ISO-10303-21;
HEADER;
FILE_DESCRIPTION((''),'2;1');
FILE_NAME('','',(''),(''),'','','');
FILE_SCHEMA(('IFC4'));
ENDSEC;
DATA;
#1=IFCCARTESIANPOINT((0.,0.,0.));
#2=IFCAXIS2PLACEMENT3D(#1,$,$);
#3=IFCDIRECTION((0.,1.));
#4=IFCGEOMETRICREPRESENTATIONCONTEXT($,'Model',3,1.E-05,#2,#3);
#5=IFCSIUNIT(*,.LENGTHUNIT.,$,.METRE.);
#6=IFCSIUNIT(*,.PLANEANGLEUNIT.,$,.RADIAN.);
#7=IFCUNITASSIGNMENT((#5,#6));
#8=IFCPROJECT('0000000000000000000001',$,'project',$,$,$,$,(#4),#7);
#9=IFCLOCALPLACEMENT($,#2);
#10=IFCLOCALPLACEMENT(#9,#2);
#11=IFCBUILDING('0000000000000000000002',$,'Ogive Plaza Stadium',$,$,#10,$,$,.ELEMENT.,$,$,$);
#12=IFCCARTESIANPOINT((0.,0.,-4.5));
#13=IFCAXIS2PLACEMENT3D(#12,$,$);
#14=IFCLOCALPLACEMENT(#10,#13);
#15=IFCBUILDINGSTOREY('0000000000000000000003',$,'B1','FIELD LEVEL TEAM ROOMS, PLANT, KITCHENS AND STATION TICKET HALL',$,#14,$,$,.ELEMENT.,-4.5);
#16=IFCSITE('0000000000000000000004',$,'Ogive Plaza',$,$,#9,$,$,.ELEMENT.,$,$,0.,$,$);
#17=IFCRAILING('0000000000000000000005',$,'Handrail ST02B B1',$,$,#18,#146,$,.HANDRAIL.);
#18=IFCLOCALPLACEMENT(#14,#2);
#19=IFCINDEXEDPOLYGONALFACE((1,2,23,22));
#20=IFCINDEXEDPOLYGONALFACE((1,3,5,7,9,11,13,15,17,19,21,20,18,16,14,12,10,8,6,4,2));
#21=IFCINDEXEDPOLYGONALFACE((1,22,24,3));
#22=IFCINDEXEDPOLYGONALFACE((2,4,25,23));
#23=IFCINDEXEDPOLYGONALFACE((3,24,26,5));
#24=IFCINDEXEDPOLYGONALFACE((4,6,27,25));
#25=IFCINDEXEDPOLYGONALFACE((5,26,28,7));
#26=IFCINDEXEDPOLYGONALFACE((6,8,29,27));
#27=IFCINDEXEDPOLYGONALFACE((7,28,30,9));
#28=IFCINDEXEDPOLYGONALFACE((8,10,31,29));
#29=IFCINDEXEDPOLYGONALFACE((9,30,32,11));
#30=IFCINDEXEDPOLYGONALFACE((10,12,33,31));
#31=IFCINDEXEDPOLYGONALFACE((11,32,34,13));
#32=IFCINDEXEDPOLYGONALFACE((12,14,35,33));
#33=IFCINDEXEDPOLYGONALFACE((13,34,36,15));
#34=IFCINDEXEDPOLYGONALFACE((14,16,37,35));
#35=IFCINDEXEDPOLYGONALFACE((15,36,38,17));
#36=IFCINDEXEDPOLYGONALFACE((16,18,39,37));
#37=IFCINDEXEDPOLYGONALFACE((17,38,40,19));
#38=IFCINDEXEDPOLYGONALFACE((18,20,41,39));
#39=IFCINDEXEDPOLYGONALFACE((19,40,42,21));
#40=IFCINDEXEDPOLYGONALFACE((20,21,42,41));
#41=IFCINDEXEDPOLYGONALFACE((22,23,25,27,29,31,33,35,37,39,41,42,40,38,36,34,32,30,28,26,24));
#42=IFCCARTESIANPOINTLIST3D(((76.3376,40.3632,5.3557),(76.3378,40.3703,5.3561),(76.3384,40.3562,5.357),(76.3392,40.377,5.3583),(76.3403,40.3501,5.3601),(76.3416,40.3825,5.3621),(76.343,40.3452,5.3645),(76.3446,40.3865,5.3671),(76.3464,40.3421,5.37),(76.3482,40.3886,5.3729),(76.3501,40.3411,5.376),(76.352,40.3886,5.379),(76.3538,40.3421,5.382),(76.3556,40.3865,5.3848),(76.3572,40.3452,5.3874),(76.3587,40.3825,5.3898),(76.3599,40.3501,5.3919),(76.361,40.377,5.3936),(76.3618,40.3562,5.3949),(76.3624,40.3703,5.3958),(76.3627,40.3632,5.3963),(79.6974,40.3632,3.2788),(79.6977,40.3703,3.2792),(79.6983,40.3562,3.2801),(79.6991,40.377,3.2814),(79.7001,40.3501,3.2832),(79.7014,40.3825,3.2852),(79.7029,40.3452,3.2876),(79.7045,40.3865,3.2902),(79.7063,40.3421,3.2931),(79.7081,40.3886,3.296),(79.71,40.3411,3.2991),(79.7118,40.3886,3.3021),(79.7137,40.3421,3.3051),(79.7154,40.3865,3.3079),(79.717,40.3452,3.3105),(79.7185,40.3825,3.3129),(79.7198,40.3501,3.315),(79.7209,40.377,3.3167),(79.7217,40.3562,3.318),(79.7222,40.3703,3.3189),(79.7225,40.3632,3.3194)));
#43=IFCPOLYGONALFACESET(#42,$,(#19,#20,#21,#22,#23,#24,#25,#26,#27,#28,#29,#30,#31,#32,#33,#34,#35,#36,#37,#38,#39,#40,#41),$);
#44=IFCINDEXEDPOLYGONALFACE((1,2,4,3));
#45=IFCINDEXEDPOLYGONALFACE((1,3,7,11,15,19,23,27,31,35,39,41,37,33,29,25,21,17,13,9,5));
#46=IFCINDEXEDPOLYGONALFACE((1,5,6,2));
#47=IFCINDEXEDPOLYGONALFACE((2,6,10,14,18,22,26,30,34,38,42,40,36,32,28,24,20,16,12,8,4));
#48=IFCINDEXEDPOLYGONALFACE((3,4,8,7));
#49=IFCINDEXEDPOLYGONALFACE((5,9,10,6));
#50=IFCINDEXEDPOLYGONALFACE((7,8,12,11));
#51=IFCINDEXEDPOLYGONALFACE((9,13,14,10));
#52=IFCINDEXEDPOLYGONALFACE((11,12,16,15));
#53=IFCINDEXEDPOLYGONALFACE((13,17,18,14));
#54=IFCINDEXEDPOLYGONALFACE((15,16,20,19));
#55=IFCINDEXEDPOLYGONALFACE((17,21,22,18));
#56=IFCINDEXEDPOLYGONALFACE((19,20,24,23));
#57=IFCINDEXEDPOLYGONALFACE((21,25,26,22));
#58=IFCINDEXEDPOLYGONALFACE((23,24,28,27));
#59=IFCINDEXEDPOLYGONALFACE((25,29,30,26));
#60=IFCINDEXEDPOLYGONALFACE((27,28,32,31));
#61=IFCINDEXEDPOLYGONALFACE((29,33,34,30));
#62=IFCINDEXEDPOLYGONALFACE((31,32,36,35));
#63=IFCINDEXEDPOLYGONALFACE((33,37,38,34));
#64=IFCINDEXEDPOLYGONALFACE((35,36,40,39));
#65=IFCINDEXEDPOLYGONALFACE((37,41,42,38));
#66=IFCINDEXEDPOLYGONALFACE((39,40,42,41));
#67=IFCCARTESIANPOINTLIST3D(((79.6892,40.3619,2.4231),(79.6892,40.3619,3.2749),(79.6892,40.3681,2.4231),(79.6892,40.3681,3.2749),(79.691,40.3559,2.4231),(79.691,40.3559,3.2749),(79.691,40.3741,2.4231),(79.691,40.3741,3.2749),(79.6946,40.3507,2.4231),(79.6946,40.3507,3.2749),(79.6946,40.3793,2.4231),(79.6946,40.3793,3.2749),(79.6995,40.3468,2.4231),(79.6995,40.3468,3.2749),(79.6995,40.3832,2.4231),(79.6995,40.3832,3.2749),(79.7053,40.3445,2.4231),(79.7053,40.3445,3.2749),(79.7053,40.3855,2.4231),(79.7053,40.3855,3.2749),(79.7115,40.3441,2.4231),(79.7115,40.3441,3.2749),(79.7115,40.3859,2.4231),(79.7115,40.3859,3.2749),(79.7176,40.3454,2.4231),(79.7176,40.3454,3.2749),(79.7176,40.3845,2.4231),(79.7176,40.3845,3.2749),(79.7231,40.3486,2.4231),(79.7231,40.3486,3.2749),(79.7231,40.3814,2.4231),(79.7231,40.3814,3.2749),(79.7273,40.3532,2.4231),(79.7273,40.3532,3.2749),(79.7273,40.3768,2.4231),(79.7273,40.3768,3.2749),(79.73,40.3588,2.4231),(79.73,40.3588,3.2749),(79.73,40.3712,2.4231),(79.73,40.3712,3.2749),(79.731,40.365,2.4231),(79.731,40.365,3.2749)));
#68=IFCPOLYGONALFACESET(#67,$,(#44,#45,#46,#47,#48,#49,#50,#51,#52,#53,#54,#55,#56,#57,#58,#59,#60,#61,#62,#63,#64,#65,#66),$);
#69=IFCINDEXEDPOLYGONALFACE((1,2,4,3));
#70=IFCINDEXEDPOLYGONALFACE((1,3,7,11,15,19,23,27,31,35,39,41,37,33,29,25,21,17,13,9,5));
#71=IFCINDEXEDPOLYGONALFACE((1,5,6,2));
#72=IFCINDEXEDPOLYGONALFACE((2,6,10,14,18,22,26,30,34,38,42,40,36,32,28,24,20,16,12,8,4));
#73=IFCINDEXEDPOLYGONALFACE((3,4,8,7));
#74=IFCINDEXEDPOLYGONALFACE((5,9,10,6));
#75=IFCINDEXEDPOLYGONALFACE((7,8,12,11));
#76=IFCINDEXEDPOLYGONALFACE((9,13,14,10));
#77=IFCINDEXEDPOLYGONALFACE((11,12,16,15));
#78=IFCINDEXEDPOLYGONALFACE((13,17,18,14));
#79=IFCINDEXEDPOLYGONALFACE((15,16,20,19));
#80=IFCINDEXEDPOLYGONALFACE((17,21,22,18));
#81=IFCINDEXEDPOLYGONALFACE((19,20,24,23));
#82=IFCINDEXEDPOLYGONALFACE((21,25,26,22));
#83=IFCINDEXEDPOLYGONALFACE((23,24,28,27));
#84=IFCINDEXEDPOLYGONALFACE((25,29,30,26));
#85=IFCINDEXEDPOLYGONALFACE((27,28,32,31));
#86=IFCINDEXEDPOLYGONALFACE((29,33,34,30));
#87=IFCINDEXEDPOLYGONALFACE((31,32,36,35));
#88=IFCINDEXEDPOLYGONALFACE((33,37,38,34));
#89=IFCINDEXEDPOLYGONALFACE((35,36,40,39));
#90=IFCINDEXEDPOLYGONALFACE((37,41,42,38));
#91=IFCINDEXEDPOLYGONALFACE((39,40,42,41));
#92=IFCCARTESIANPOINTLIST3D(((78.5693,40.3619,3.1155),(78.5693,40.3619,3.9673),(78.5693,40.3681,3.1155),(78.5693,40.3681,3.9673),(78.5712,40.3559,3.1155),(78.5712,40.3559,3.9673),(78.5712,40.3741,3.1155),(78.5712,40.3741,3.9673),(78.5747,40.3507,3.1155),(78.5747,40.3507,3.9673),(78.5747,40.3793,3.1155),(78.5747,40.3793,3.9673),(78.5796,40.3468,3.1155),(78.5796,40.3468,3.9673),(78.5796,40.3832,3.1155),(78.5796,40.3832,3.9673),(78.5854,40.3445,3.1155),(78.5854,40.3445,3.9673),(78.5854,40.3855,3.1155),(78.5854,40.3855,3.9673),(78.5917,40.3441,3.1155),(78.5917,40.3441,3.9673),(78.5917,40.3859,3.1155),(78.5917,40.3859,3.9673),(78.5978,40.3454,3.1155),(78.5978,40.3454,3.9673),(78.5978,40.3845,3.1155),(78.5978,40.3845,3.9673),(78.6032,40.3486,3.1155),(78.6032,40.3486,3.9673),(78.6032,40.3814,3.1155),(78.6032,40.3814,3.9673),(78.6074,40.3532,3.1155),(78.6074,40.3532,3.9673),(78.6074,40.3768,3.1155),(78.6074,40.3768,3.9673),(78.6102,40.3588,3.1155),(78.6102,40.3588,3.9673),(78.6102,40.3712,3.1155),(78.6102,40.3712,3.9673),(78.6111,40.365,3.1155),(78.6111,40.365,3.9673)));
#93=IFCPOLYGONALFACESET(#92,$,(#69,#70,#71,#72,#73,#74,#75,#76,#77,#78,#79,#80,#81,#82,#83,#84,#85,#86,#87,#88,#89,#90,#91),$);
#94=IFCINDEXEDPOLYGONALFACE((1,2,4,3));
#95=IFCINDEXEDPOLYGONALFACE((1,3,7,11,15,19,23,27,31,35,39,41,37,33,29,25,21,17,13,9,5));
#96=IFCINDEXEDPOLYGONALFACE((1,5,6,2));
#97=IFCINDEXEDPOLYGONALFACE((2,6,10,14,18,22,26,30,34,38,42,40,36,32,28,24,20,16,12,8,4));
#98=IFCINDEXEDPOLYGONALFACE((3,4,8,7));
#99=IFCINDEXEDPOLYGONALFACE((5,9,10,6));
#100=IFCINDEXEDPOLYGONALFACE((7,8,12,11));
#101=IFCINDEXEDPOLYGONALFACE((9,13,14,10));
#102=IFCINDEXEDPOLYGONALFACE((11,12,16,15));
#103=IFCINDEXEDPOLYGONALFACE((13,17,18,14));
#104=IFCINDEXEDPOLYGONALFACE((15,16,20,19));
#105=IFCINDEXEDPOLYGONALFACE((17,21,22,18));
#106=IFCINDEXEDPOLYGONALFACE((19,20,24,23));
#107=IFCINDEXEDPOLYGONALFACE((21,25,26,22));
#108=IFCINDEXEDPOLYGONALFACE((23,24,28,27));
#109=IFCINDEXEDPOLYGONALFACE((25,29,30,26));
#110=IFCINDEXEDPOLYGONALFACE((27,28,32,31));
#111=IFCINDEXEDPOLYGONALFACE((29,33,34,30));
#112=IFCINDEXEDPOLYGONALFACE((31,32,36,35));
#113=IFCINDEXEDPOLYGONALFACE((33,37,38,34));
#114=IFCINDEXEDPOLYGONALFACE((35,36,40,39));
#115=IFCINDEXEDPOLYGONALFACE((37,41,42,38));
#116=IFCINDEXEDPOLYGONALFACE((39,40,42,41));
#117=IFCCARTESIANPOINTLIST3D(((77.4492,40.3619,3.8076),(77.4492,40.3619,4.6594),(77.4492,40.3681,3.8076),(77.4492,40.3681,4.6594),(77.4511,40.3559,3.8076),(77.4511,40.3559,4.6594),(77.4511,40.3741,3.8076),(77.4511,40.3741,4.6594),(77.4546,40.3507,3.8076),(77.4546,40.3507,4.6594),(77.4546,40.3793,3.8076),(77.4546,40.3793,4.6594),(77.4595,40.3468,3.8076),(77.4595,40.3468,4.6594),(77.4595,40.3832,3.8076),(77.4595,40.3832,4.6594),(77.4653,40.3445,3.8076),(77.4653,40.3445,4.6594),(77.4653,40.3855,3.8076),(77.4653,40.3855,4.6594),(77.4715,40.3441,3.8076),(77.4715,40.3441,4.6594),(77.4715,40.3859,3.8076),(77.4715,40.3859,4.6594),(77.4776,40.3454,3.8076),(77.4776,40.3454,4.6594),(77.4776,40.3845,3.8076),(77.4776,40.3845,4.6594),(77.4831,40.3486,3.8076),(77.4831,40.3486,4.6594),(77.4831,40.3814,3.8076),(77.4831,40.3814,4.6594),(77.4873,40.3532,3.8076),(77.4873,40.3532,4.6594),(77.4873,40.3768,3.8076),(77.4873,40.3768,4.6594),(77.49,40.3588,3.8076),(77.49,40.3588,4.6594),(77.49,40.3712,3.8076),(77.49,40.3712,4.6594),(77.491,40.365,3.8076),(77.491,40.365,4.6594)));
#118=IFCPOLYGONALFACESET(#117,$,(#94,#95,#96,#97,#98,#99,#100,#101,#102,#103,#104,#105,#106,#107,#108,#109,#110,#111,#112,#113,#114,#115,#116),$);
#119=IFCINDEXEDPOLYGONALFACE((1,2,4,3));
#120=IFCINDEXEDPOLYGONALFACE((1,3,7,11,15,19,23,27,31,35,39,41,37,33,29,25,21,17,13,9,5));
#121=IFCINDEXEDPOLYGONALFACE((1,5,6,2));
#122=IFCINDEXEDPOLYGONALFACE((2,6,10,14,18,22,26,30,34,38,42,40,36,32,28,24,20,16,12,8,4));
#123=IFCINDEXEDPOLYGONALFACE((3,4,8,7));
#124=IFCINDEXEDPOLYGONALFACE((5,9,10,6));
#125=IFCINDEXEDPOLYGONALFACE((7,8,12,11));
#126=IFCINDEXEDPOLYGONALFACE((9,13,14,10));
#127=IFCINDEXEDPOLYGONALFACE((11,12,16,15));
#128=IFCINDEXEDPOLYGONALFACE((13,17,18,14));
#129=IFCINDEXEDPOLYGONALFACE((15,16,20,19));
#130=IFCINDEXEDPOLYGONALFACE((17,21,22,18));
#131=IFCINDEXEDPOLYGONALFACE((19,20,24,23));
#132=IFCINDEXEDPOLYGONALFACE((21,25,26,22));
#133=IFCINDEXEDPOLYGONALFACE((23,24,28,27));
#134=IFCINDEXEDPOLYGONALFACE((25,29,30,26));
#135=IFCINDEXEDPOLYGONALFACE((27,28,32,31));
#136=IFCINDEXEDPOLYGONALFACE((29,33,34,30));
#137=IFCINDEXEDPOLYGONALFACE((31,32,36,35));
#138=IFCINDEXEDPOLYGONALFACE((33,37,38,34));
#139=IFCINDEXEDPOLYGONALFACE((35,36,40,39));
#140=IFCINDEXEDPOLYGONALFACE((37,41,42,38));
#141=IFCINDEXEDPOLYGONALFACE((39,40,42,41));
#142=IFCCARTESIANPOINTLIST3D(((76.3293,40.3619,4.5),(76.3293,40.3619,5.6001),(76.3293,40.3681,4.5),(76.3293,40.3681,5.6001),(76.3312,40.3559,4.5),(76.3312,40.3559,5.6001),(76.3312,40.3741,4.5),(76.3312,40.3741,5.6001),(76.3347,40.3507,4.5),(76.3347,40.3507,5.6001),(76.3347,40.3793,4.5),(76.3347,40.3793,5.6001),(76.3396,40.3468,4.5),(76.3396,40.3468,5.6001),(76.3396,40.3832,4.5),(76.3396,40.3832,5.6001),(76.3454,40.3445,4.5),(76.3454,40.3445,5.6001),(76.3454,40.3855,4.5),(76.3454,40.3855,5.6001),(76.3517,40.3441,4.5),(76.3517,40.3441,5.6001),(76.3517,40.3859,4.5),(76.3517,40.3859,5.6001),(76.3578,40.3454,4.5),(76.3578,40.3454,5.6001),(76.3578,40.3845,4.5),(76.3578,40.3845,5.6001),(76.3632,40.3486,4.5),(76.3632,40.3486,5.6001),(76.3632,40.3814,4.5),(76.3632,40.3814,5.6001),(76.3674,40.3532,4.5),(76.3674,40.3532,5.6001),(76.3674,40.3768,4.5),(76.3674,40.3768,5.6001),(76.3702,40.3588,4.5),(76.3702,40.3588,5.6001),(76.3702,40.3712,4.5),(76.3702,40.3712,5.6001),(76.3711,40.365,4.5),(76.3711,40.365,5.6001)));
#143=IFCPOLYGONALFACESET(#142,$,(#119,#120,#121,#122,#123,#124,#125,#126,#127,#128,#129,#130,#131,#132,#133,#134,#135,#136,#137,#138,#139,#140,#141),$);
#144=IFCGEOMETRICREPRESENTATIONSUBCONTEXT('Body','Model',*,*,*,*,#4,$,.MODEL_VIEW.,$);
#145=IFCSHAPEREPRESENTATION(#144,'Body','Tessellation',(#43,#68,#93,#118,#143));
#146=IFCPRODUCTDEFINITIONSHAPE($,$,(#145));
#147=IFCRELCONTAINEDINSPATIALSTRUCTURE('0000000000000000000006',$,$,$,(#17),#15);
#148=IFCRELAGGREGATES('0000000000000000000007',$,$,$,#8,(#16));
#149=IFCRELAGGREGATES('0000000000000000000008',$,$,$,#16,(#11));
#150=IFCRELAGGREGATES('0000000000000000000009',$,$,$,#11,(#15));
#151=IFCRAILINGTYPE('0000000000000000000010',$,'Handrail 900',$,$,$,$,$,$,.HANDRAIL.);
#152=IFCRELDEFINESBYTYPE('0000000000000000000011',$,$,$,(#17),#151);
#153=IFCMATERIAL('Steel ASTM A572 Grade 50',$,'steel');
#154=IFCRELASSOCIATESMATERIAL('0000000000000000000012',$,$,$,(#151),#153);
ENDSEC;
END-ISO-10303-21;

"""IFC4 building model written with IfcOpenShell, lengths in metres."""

from ifc_helpers import new_model, si_unit, direction, frame, origin, origin_2d, place, context, subcontext, project, spatial, circle, extrude, material, type_object, element, save


model = new_model("IFC4")

# Units and contexts
model_context = context("Model", 3, precision=1e-05, world=origin(), true_north=direction((0.0, 1.0)))
body_context = subcontext(model_context, "Body", "Model", "MODEL_VIEW")
ifc_project = project(units=[si_unit("LENGTHUNIT", "METRE"), si_unit("PLANEANGLEUNIT", "RADIAN")], contexts=[model_context])

# Site, building, storey
site_placement = place(None, origin())
site = spatial("IfcSite", under=ifc_project, at=site_placement, Name="Ogive Plaza", CompositionType="ELEMENT", RefElevation=0.0)
building_placement = place(site_placement, origin())
building = spatial("IfcBuilding", under=site, at=building_placement, Name="Ogive Plaza Stadium", CompositionType="ELEMENT")
storey_placement = place(building_placement, frame((0.0, 0.0, -4.5)))
storey = spatial("IfcBuildingStorey", under=building, at=storey_placement, Name="B1", Description="FIELD LEVEL TEAM ROOMS, PLANT, KITCHENS AND STATION TICKET HALL", CompositionType="ELEMENT", Elevation=-4.5)

# Railing
ifc_material_1 = material(Name="Steel ASTM A572 Grade 50", Category="steel")
railing_type_1 = type_object("IfcRailingType", Name="Handrail 900", PredefinedType="HANDRAIL", material=ifc_material_1)
for number, where, name in (
    (1, (79.71, 40.365, 2.4231), "Handrail ST02B B1"),
):
    element("IfcRailing", number, at=place(storey_placement, frame(where)), inside=storey, type_object=railing_type_1, Name=name, PredefinedType="HANDRAIL", context=body_context, shape_type="SweptSolid", body=[
        extrude(circle(Radius=0.0239, at=origin_2d()), frame((0.0, 0.0, 0.876), z_axis=(-0.850606, 0.0, 0.525803), x_axis=(0.0, -1.0, 0.0)), (0.0, 0.0, 1.0), 3.95),
        extrude(circle(Radius=0.021, at=origin_2d()), origin(), (0.0, 0.0, 1.0), 0.8518),
        extrude(circle(Radius=0.021, at=origin_2d()), frame((-1.1199, 0.0, 0.6924)), (0.0, 0.0, 1.0), 0.8518),
        extrude(circle(Radius=0.021, at=origin_2d()), frame((-2.24, 0.0, 1.3845)), (0.0, 0.0, 1.0), 0.8518),
        extrude(circle(Radius=0.021, at=origin_2d()), frame((-3.3599, 0.0, 2.0769)), (0.0, 0.0, 1.0), 1.1001),
    ])

save(model, "model.ifc")
